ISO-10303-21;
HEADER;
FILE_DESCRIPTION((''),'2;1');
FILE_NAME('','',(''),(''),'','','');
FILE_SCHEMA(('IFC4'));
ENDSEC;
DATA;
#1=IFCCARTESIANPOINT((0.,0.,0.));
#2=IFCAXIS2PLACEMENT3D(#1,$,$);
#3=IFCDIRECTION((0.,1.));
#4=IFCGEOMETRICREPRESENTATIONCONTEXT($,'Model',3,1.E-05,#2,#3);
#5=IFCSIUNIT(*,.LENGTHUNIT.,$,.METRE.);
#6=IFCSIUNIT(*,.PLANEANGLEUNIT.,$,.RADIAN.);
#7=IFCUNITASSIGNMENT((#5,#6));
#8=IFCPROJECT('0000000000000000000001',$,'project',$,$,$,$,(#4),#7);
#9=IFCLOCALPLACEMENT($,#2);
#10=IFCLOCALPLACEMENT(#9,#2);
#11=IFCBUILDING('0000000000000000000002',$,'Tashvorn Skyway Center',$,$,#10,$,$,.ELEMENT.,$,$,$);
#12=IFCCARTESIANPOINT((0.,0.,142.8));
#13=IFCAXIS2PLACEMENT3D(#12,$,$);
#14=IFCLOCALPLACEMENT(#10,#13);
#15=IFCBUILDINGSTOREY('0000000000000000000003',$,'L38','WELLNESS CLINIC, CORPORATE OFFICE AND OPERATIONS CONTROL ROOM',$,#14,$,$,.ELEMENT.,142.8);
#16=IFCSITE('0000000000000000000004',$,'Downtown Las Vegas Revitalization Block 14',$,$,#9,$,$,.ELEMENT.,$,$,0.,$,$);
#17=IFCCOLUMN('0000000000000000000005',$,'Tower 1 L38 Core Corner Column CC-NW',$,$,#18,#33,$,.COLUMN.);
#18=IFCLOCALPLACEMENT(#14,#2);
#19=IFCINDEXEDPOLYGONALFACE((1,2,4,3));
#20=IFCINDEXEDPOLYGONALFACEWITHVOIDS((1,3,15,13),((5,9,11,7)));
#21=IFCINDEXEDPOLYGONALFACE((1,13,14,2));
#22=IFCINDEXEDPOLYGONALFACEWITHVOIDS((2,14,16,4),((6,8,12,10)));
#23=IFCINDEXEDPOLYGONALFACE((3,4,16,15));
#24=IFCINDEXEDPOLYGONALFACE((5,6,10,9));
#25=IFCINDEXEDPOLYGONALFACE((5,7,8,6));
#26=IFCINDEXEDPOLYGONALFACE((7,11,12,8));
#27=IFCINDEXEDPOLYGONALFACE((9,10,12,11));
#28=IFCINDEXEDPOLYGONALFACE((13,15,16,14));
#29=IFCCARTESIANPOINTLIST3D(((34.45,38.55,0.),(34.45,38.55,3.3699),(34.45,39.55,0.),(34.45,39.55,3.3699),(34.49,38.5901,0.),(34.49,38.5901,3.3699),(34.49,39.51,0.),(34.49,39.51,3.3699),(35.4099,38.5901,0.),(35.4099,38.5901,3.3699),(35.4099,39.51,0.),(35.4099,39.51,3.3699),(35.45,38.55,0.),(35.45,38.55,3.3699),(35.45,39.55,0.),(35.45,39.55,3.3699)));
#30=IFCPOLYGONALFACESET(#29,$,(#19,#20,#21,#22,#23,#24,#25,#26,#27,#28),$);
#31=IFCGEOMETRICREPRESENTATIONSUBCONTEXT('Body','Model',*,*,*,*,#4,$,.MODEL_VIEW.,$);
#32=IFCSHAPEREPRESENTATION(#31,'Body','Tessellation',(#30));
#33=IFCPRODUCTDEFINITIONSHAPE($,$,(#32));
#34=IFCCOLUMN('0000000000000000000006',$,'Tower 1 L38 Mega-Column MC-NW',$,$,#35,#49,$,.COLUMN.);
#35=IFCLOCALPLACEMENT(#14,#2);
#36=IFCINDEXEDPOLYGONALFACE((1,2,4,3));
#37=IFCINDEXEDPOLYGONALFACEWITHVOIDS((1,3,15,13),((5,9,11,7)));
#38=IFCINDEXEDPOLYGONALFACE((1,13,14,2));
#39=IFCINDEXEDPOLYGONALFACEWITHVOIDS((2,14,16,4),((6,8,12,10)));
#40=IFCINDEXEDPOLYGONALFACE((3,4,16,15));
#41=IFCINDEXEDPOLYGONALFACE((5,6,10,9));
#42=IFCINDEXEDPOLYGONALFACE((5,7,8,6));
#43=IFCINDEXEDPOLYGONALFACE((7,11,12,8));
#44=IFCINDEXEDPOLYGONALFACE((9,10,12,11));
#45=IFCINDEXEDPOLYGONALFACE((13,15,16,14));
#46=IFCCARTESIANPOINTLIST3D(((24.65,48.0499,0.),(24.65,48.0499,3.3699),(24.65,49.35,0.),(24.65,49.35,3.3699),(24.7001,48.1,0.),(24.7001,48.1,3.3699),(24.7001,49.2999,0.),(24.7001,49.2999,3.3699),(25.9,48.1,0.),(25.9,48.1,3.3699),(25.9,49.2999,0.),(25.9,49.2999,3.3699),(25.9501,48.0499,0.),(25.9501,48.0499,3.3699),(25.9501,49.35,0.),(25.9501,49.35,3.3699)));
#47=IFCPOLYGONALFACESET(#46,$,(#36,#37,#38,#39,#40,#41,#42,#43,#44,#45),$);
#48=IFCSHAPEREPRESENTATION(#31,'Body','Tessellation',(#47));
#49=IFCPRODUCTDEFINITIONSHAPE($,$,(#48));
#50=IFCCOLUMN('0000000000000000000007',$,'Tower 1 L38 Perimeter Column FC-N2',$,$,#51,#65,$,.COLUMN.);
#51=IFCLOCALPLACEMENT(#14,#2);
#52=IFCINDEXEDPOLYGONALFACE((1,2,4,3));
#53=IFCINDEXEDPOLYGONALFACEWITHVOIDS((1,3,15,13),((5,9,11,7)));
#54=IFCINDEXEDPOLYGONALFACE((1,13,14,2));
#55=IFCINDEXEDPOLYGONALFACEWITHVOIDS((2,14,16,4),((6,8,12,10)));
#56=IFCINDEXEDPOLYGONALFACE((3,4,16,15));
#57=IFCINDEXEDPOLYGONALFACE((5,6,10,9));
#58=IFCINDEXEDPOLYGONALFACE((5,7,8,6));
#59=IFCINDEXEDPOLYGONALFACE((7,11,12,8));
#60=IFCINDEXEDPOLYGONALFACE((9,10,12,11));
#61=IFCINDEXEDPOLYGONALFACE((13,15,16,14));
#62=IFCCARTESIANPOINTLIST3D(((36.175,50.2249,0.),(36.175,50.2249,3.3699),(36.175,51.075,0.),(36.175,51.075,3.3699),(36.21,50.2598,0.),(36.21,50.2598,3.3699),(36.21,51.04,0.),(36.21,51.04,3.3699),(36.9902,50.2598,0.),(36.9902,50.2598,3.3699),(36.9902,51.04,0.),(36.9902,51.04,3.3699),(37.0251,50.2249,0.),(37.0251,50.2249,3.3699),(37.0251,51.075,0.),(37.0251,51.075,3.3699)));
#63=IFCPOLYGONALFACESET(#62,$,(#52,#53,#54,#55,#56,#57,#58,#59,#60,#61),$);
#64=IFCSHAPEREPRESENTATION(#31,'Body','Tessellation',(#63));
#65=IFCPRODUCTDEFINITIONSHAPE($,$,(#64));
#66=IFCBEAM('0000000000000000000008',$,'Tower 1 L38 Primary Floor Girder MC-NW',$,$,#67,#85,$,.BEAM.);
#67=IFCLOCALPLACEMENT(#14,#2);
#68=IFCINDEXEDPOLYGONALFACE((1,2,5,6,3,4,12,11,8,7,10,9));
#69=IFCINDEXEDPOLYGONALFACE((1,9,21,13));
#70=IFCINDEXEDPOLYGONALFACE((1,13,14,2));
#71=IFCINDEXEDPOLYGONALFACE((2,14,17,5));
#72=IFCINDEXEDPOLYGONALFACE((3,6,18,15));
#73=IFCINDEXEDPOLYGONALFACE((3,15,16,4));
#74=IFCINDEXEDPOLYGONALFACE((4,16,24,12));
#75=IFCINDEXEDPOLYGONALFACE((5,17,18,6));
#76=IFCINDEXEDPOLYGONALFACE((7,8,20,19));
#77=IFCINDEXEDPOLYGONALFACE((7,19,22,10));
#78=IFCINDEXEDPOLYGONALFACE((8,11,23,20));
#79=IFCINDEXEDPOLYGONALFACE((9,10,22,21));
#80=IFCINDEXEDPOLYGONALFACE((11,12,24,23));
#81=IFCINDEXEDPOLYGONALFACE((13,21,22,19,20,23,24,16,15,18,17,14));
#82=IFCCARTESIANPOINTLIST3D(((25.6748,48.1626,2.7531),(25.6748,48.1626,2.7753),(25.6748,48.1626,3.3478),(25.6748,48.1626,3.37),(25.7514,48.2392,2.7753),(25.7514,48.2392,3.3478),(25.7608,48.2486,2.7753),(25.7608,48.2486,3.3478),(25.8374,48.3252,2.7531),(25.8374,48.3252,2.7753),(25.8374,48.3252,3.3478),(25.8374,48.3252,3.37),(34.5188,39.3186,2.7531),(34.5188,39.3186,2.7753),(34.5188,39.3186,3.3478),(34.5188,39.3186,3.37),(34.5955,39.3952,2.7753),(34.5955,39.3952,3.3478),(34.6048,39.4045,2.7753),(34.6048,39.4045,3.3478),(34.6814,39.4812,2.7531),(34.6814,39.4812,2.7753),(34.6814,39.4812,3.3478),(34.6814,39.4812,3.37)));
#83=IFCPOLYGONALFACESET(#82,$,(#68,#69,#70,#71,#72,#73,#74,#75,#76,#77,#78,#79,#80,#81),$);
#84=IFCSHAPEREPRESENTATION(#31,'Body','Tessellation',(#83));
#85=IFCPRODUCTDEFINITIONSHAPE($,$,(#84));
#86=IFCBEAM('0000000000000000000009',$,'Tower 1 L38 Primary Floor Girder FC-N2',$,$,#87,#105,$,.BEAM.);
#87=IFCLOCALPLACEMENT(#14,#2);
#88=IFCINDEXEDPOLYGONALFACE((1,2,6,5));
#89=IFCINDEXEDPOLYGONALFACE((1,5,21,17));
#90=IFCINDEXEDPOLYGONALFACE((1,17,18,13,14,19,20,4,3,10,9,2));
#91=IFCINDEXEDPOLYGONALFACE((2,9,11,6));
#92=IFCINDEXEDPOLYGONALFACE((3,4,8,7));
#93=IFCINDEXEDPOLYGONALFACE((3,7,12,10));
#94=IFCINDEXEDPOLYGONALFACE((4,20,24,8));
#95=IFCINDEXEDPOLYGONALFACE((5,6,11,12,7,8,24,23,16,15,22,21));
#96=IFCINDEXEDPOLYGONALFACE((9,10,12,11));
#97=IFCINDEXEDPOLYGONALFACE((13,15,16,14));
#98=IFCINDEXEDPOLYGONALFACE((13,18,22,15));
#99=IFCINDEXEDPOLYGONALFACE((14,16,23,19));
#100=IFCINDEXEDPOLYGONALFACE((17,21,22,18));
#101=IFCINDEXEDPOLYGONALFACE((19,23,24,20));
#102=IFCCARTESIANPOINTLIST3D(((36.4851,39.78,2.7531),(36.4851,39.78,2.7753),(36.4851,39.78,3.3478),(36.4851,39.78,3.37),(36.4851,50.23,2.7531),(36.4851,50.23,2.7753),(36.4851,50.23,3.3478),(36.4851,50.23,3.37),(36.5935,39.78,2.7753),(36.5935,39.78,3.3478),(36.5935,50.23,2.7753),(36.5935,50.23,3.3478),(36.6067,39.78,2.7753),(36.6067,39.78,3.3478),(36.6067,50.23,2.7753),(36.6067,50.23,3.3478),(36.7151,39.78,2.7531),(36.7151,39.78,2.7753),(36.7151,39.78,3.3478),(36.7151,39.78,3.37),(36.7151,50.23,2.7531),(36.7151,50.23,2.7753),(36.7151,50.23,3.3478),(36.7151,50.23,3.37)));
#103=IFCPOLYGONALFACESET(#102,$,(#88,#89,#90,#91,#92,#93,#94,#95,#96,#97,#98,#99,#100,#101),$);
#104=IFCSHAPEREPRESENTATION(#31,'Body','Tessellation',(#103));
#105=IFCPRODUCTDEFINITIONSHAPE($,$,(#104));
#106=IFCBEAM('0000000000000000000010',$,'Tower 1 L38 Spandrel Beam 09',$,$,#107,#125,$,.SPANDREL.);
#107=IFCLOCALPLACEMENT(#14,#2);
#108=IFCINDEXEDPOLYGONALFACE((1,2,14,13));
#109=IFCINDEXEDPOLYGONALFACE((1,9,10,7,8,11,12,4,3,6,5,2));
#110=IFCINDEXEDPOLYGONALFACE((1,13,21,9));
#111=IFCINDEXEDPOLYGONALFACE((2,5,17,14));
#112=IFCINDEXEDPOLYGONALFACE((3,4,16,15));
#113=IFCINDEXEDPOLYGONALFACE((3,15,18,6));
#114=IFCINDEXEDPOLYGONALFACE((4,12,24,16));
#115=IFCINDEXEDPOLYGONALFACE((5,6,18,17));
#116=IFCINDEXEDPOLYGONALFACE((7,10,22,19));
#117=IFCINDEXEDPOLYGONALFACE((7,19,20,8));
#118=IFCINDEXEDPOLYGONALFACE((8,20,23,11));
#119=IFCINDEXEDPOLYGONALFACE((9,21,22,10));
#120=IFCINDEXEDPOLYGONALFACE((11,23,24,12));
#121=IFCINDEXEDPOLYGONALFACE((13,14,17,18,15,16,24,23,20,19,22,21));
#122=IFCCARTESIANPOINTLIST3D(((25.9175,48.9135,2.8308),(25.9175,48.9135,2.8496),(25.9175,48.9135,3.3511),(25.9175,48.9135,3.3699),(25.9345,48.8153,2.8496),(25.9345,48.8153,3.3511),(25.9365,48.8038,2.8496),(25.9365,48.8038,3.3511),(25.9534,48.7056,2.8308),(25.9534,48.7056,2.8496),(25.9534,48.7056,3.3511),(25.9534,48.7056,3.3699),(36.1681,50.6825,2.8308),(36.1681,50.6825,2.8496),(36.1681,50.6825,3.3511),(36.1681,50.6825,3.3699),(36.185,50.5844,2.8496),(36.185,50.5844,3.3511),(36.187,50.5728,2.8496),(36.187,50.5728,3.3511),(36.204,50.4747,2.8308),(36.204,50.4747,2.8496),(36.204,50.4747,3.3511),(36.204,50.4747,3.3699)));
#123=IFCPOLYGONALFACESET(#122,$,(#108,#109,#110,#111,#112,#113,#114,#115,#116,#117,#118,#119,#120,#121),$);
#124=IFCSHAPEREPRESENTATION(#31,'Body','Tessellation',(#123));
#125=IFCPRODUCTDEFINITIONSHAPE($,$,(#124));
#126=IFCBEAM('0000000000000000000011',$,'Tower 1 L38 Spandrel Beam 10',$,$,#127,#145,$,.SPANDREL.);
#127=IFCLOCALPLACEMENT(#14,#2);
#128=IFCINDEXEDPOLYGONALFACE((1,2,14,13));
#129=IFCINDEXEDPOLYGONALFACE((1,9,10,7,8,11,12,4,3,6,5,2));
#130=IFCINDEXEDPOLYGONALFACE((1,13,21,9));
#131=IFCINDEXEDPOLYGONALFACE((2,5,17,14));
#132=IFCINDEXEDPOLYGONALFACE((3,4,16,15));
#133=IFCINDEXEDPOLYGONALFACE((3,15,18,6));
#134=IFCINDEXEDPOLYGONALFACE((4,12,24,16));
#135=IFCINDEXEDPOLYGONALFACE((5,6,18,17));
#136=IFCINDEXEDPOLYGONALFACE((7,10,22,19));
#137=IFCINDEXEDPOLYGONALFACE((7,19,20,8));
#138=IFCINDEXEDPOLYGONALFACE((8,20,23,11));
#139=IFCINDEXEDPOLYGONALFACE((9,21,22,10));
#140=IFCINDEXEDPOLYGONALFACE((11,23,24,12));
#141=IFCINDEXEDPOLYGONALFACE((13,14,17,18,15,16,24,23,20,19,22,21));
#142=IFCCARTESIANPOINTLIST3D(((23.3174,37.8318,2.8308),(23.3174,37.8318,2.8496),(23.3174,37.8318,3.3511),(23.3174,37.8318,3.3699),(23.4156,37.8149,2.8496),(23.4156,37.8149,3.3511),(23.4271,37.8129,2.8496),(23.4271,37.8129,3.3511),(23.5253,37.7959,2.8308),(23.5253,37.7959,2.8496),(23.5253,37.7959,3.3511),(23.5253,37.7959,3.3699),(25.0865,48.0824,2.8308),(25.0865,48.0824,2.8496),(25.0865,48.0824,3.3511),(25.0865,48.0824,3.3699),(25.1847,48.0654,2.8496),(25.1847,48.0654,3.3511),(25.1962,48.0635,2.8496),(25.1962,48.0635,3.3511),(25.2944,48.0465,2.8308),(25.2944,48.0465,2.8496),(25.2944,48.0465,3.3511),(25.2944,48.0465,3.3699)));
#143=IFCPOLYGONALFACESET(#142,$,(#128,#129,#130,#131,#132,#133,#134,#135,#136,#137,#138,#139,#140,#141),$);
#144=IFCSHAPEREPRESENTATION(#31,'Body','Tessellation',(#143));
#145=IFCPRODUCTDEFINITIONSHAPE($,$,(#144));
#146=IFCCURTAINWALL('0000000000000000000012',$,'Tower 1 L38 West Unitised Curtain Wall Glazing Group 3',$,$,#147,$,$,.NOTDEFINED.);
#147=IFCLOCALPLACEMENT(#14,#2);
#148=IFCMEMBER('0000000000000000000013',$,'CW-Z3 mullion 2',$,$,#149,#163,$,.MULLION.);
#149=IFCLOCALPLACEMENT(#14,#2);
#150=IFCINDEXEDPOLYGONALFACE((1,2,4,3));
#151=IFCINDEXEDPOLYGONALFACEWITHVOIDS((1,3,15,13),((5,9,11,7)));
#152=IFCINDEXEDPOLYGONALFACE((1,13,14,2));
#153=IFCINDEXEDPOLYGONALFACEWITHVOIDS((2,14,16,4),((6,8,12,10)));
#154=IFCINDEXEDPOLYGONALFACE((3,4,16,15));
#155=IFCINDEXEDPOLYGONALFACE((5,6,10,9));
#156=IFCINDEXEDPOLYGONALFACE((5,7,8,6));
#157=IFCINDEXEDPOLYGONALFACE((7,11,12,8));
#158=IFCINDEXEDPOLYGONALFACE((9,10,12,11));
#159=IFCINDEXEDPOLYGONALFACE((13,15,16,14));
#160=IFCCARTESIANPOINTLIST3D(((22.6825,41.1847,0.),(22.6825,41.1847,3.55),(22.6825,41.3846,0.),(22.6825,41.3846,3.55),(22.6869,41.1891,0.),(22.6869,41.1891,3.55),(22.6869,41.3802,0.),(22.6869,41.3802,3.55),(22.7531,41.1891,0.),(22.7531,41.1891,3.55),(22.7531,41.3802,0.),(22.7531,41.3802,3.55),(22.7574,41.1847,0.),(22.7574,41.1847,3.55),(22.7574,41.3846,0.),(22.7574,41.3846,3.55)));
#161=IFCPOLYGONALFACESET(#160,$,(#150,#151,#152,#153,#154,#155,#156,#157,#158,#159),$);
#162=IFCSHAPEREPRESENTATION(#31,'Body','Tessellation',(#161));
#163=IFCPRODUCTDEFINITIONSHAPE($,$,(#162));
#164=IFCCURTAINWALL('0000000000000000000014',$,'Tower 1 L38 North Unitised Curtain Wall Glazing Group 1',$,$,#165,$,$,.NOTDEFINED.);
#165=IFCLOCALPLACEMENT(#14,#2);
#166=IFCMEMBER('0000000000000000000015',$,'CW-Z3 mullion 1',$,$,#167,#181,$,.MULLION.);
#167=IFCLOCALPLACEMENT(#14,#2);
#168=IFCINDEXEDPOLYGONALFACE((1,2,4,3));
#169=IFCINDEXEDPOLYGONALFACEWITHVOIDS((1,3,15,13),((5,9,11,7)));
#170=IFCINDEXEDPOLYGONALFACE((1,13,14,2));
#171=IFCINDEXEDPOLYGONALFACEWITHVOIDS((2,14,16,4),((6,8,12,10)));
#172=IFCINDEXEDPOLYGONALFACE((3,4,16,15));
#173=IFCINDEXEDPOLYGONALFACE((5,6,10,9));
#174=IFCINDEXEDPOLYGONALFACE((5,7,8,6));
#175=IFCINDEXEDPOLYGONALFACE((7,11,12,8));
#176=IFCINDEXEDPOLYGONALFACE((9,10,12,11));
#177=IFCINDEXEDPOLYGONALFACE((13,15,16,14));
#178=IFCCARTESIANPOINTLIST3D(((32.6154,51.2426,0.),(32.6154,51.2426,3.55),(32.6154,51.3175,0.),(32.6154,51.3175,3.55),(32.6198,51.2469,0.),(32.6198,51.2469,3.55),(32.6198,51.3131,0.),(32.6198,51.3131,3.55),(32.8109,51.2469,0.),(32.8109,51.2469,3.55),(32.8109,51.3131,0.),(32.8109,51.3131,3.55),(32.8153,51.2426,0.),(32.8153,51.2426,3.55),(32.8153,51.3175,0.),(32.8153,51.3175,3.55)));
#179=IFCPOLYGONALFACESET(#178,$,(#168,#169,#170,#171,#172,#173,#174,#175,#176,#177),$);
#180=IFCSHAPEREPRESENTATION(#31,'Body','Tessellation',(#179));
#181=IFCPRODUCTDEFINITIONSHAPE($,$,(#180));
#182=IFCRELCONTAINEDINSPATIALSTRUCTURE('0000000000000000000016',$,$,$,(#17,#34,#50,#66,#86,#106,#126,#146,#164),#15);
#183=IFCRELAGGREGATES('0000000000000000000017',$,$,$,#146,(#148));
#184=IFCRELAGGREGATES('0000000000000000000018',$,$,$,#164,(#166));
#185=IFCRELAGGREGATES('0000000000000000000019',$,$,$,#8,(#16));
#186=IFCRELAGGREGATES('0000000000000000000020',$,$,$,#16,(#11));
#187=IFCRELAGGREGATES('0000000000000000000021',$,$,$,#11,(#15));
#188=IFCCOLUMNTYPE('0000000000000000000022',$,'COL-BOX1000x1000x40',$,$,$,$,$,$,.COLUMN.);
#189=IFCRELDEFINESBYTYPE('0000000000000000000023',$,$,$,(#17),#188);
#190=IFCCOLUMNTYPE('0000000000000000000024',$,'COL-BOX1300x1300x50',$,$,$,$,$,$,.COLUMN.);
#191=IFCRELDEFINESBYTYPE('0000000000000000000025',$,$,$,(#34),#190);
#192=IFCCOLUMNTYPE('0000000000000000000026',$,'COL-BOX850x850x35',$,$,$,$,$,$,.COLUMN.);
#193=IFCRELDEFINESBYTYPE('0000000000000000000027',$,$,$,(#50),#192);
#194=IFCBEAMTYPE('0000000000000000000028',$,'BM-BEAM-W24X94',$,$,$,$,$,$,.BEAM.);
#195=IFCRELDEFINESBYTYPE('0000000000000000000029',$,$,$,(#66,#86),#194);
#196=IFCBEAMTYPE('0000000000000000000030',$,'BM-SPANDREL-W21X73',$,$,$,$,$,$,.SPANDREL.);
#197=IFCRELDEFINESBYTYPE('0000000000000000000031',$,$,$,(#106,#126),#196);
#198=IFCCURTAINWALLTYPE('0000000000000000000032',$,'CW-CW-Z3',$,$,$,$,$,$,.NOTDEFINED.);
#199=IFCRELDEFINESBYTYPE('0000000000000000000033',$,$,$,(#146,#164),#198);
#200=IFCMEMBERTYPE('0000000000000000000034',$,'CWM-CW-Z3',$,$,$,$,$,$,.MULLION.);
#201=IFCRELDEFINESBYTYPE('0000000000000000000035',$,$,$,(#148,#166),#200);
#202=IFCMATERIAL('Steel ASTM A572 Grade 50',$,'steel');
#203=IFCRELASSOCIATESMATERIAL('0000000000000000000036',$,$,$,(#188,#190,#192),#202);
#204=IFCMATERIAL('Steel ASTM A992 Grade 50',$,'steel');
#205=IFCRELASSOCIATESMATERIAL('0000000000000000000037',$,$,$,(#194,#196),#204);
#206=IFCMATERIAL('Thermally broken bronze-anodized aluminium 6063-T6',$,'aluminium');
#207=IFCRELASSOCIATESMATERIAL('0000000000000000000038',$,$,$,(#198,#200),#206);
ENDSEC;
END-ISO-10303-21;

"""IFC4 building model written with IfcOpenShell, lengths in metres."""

from ifc_helpers import new_model, si_unit, direction, frame, origin, origin_2d, place, context, subcontext, project, spatial, hollow_rectangle, i_section, extrude, material, material_profile, profile_set, type_object, element, aggregate, save


model = new_model("IFC4")

# Units and contexts
model_context = context("Model", 3, precision=1e-05, world=origin(), true_north=direction((0.0, 1.0)))
body_context = subcontext(model_context, "Body", "Model", "MODEL_VIEW")
ifc_project = project(units=[si_unit("LENGTHUNIT", "METRE"), si_unit("PLANEANGLEUNIT", "RADIAN")], contexts=[model_context])

# Site, building, storey
site_placement = place(None, origin())
site = spatial("IfcSite", under=ifc_project, at=site_placement, Name="Downtown Las Vegas Revitalization Block 14", CompositionType="ELEMENT", RefElevation=0.0)
building_placement = place(site_placement, origin())
building = spatial("IfcBuilding", under=site, at=building_placement, Name="Tashvorn Skyway Center", CompositionType="ELEMENT")
storey_placement = place(building_placement, frame((0.0, 0.0, 142.8)))
storey = spatial("IfcBuildingStorey", under=building, at=storey_placement, Name="L38", Description="WELLNESS CLINIC, CORPORATE OFFICE AND OPERATIONS CONTROL ROOM", CompositionType="ELEMENT", Elevation=142.8)

# Columns
ifc_material_1 = material(Name="Steel ASTM A572 Grade 50", Category="steel")
ifc_material_profile_1 = material_profile(ifc_material_1, hollow_rectangle(XDim=1.0, YDim=1.0, WallThickness=0.04, at=origin_2d()), Name="BOX1000x1000x40")
ifc_profile_set_1 = profile_set([ifc_material_profile_1], Name="Steel ASTM A572 Grade 50")
column_type_1 = type_object("IfcColumnType", Name="COL-BOX1000x1000x40", PredefinedType="COLUMN", material=ifc_profile_set_1)
column_1_placement = place(storey_placement, frame((34.95, 39.05, 0.0), z_axis=(0.0, 0.0, 1.0), x_axis=(1.0, 0.0, 0.0)))
element("IfcColumn", 1, at=column_1_placement, inside=storey, type_object=column_type_1, Name="Tower 1 L38 Core Corner Column CC-NW", PredefinedType="COLUMN", context=body_context, shape_type="SweptSolid", body=[
    extrude(hollow_rectangle(XDim=1.0, YDim=1.0, WallThickness=0.04, at=origin_2d()), origin(), (0.0, 0.0, 1.0), 3.3699),
])
ifc_material_profile_2 = material_profile(ifc_material_1, hollow_rectangle(XDim=1.3, YDim=1.3, WallThickness=0.05, at=origin_2d()), Name="BOX1300x1300x50")
ifc_profile_set_2 = profile_set([ifc_material_profile_2], Name="Steel ASTM A572 Grade 50")
column_type_2 = type_object("IfcColumnType", Name="COL-BOX1300x1300x50", PredefinedType="COLUMN", material=ifc_profile_set_2)
column_2_placement = place(storey_placement, frame((25.3, 48.7, 0.0), z_axis=(0.0, 0.0, 1.0), x_axis=(1.0, 0.0, 0.0)))
element("IfcColumn", 2, at=column_2_placement, inside=storey, type_object=column_type_2, Name="Tower 1 L38 Mega-Column MC-NW", PredefinedType="COLUMN", context=body_context, shape_type="SweptSolid", body=[
    extrude(hollow_rectangle(XDim=1.3, YDim=1.3, WallThickness=0.05, at=origin_2d()), origin(), (0.0, 0.0, 1.0), 3.3699),
])
ifc_material_profile_3 = material_profile(ifc_material_1, hollow_rectangle(XDim=0.8501, YDim=0.8501, WallThickness=0.0349, at=origin_2d()), Name="BOX850x850x35")
ifc_profile_set_3 = profile_set([ifc_material_profile_3], Name="Steel ASTM A572 Grade 50")
column_type_3 = type_object("IfcColumnType", Name="COL-BOX850x850x35", PredefinedType="COLUMN", material=ifc_profile_set_3)
column_3_placement = place(storey_placement, frame((36.6001, 50.6499, 0.0), z_axis=(0.0, 0.0, 1.0), x_axis=(1.0, 0.0, 0.0)))
element("IfcColumn", 3, at=column_3_placement, inside=storey, type_object=column_type_3, Name="Tower 1 L38 Perimeter Column FC-N2", PredefinedType="COLUMN", context=body_context, shape_type="SweptSolid", body=[
    extrude(hollow_rectangle(XDim=0.8501, YDim=0.8501, WallThickness=0.0349, at=origin_2d()), origin(), (0.0, 0.0, 1.0), 3.3699),
])

# Beams
ifc_material_2 = material(Name="Steel ASTM A992 Grade 50", Category="steel")
ifc_material_profile_4 = material_profile(ifc_material_2, i_section(OverallWidth=0.23, OverallDepth=0.6169, WebThickness=0.0132, FlangeThickness=0.0222, at=origin_2d()), Name="W24X94")
ifc_profile_set_4 = profile_set([ifc_material_profile_4], Name="Steel ASTM A992 Grade 50")
beam_type_1 = type_object("IfcBeamType", Name="BM-BEAM-W24X94", PredefinedType="BEAM", material=ifc_profile_set_4)
beam_1_placement = place(storey_placement, frame((25.7561, 48.2439, 3.0615), z_axis=(0.707107, -0.707107, 0.0), x_axis=(0.707107, 0.707107, 0.0)))
element("IfcBeam", 4, at=beam_1_placement, inside=storey, type_object=beam_type_1, Name="Tower 1 L38 Primary Floor Girder MC-NW", PredefinedType="BEAM", context=body_context, shape_type="SweptSolid", body=[
    extrude(i_section(OverallWidth=0.23, OverallDepth=0.6169, WebThickness=0.0132, FlangeThickness=0.0222, at=origin_2d()), origin(), (0.0, 0.0, 1.0), 12.5073),
])
beam_2_placement = place(storey_placement, frame((36.6001, 50.23, 3.0615), z_axis=(0.0, -1.0, 0.0), x_axis=(1.0, 0.0, 0.0)))
element("IfcBeam", 5, at=beam_2_placement, inside=storey, type_object=beam_type_1, Name="Tower 1 L38 Primary Floor Girder FC-N2", PredefinedType="BEAM", context=body_context, shape_type="SweptSolid", body=[
    extrude(i_section(OverallWidth=0.23, OverallDepth=0.6169, WebThickness=0.0132, FlangeThickness=0.0222, at=origin_2d()), origin(), (0.0, 0.0, 1.0), 10.45),
])
ifc_material_profile_5 = material_profile(ifc_material_2, i_section(OverallWidth=0.2109, OverallDepth=0.5391, WebThickness=0.0117, FlangeThickness=0.0188, at=origin_2d()), Name="W21X73")
ifc_profile_set_5 = profile_set([ifc_material_profile_5], Name="Steel ASTM A992 Grade 50")
beam_type_2 = type_object("IfcBeamType", Name="BM-SPANDREL-W21X73", PredefinedType="SPANDREL", material=ifc_profile_set_5)
for number, where, z_axis, x_axis, name in (
    (6, (36.186, 50.5786, 3.1003), (-0.985432, -0.170067, 0.0), (0.170067, -0.985432, 0.0), "Tower 1 L38 Spandrel Beam 09"),
    (7, (25.1904, 48.0645, 3.1003), (-0.170067, -0.985432, 0.0), (0.985432, -0.170067, 0.0), "Tower 1 L38 Spandrel Beam 10"),
):
    element("IfcBeam", number, at=place(storey_placement, frame(where, z_axis=z_axis, x_axis=x_axis)), inside=storey, type_object=beam_type_2, Name=name, PredefinedType="SPANDREL", context=body_context, shape_type="SweptSolid", body=[
        extrude(i_section(OverallWidth=0.2109, OverallDepth=0.5391, WebThickness=0.0117, FlangeThickness=0.0188, at=origin_2d()), origin(), (0.0, 0.0, 1.0), 10.4021),
    ])

# Curtain wall, member
ifc_material_3 = material(Name="Thermally broken bronze-anodized aluminium 6063-T6", Category="aluminium")
curtain_wall_type = type_object("IfcCurtainWallType", Name="CW-CW-Z3", PredefinedType="NOTDEFINED", material=ifc_material_3)
curtain_wall_1_placement = place(storey_placement, origin())
curtain_wall_1 = element("IfcCurtainWall", 8, at=curtain_wall_1_placement, inside=storey, type_object=curtain_wall_type, Name="Tower 1 L38 West Unitised Curtain Wall Glazing Group 3", PredefinedType="NOTDEFINED")
ifc_material_profile_6 = material_profile(ifc_material_3, hollow_rectangle(XDim=0.075, YDim=0.2, WallThickness=0.0044, at=origin_2d()), Name="ALU-MULL-75x200")
ifc_profile_set_6 = profile_set([ifc_material_profile_6], Name="Thermally broken bronze-anodized aluminium 6063-T6")
member_type_1 = type_object("IfcMemberType", Name="CWM-CW-Z3", PredefinedType="MULLION", material=ifc_profile_set_6)
member_1_placement = place(storey_placement, frame((22.72, 41.2847, 0.0), z_axis=(0.0, 0.0, 1.0), x_axis=(-1.0, 0.0, 0.0)))
member_1 = element("IfcMember", 9, at=member_1_placement, type_object=member_type_1, Name="CW-Z3 mullion 2", PredefinedType="MULLION", context=body_context, shape_type="SweptSolid", body=[
    extrude(hollow_rectangle(XDim=0.075, YDim=0.2, WallThickness=0.0044, at=origin_2d()), origin(), (0.0, 0.0, 1.0), 3.55),
])

# Curtain wall, member
curtain_wall_2_placement = place(storey_placement, origin())
curtain_wall_2 = element("IfcCurtainWall", 10, at=curtain_wall_2_placement, inside=storey, type_object=curtain_wall_type, Name="Tower 1 L38 North Unitised Curtain Wall Glazing Group 1", PredefinedType="NOTDEFINED")
member_2_placement = place(storey_placement, frame((32.7153, 51.28, 0.0), z_axis=(0.0, 0.0, 1.0), x_axis=(0.0, 1.0, 0.0)))
member_2 = element("IfcMember", 11, at=member_2_placement, type_object=member_type_1, Name="CW-Z3 mullion 1", PredefinedType="MULLION", context=body_context, shape_type="SweptSolid", body=[
    extrude(hollow_rectangle(XDim=0.075, YDim=0.2, WallThickness=0.0044, at=origin_2d()), origin(), (0.0, 0.0, 1.0), 3.55),
])

aggregate(curtain_wall_1, [member_1])
aggregate(curtain_wall_2, [member_2])

save(model, "model.ifc")
